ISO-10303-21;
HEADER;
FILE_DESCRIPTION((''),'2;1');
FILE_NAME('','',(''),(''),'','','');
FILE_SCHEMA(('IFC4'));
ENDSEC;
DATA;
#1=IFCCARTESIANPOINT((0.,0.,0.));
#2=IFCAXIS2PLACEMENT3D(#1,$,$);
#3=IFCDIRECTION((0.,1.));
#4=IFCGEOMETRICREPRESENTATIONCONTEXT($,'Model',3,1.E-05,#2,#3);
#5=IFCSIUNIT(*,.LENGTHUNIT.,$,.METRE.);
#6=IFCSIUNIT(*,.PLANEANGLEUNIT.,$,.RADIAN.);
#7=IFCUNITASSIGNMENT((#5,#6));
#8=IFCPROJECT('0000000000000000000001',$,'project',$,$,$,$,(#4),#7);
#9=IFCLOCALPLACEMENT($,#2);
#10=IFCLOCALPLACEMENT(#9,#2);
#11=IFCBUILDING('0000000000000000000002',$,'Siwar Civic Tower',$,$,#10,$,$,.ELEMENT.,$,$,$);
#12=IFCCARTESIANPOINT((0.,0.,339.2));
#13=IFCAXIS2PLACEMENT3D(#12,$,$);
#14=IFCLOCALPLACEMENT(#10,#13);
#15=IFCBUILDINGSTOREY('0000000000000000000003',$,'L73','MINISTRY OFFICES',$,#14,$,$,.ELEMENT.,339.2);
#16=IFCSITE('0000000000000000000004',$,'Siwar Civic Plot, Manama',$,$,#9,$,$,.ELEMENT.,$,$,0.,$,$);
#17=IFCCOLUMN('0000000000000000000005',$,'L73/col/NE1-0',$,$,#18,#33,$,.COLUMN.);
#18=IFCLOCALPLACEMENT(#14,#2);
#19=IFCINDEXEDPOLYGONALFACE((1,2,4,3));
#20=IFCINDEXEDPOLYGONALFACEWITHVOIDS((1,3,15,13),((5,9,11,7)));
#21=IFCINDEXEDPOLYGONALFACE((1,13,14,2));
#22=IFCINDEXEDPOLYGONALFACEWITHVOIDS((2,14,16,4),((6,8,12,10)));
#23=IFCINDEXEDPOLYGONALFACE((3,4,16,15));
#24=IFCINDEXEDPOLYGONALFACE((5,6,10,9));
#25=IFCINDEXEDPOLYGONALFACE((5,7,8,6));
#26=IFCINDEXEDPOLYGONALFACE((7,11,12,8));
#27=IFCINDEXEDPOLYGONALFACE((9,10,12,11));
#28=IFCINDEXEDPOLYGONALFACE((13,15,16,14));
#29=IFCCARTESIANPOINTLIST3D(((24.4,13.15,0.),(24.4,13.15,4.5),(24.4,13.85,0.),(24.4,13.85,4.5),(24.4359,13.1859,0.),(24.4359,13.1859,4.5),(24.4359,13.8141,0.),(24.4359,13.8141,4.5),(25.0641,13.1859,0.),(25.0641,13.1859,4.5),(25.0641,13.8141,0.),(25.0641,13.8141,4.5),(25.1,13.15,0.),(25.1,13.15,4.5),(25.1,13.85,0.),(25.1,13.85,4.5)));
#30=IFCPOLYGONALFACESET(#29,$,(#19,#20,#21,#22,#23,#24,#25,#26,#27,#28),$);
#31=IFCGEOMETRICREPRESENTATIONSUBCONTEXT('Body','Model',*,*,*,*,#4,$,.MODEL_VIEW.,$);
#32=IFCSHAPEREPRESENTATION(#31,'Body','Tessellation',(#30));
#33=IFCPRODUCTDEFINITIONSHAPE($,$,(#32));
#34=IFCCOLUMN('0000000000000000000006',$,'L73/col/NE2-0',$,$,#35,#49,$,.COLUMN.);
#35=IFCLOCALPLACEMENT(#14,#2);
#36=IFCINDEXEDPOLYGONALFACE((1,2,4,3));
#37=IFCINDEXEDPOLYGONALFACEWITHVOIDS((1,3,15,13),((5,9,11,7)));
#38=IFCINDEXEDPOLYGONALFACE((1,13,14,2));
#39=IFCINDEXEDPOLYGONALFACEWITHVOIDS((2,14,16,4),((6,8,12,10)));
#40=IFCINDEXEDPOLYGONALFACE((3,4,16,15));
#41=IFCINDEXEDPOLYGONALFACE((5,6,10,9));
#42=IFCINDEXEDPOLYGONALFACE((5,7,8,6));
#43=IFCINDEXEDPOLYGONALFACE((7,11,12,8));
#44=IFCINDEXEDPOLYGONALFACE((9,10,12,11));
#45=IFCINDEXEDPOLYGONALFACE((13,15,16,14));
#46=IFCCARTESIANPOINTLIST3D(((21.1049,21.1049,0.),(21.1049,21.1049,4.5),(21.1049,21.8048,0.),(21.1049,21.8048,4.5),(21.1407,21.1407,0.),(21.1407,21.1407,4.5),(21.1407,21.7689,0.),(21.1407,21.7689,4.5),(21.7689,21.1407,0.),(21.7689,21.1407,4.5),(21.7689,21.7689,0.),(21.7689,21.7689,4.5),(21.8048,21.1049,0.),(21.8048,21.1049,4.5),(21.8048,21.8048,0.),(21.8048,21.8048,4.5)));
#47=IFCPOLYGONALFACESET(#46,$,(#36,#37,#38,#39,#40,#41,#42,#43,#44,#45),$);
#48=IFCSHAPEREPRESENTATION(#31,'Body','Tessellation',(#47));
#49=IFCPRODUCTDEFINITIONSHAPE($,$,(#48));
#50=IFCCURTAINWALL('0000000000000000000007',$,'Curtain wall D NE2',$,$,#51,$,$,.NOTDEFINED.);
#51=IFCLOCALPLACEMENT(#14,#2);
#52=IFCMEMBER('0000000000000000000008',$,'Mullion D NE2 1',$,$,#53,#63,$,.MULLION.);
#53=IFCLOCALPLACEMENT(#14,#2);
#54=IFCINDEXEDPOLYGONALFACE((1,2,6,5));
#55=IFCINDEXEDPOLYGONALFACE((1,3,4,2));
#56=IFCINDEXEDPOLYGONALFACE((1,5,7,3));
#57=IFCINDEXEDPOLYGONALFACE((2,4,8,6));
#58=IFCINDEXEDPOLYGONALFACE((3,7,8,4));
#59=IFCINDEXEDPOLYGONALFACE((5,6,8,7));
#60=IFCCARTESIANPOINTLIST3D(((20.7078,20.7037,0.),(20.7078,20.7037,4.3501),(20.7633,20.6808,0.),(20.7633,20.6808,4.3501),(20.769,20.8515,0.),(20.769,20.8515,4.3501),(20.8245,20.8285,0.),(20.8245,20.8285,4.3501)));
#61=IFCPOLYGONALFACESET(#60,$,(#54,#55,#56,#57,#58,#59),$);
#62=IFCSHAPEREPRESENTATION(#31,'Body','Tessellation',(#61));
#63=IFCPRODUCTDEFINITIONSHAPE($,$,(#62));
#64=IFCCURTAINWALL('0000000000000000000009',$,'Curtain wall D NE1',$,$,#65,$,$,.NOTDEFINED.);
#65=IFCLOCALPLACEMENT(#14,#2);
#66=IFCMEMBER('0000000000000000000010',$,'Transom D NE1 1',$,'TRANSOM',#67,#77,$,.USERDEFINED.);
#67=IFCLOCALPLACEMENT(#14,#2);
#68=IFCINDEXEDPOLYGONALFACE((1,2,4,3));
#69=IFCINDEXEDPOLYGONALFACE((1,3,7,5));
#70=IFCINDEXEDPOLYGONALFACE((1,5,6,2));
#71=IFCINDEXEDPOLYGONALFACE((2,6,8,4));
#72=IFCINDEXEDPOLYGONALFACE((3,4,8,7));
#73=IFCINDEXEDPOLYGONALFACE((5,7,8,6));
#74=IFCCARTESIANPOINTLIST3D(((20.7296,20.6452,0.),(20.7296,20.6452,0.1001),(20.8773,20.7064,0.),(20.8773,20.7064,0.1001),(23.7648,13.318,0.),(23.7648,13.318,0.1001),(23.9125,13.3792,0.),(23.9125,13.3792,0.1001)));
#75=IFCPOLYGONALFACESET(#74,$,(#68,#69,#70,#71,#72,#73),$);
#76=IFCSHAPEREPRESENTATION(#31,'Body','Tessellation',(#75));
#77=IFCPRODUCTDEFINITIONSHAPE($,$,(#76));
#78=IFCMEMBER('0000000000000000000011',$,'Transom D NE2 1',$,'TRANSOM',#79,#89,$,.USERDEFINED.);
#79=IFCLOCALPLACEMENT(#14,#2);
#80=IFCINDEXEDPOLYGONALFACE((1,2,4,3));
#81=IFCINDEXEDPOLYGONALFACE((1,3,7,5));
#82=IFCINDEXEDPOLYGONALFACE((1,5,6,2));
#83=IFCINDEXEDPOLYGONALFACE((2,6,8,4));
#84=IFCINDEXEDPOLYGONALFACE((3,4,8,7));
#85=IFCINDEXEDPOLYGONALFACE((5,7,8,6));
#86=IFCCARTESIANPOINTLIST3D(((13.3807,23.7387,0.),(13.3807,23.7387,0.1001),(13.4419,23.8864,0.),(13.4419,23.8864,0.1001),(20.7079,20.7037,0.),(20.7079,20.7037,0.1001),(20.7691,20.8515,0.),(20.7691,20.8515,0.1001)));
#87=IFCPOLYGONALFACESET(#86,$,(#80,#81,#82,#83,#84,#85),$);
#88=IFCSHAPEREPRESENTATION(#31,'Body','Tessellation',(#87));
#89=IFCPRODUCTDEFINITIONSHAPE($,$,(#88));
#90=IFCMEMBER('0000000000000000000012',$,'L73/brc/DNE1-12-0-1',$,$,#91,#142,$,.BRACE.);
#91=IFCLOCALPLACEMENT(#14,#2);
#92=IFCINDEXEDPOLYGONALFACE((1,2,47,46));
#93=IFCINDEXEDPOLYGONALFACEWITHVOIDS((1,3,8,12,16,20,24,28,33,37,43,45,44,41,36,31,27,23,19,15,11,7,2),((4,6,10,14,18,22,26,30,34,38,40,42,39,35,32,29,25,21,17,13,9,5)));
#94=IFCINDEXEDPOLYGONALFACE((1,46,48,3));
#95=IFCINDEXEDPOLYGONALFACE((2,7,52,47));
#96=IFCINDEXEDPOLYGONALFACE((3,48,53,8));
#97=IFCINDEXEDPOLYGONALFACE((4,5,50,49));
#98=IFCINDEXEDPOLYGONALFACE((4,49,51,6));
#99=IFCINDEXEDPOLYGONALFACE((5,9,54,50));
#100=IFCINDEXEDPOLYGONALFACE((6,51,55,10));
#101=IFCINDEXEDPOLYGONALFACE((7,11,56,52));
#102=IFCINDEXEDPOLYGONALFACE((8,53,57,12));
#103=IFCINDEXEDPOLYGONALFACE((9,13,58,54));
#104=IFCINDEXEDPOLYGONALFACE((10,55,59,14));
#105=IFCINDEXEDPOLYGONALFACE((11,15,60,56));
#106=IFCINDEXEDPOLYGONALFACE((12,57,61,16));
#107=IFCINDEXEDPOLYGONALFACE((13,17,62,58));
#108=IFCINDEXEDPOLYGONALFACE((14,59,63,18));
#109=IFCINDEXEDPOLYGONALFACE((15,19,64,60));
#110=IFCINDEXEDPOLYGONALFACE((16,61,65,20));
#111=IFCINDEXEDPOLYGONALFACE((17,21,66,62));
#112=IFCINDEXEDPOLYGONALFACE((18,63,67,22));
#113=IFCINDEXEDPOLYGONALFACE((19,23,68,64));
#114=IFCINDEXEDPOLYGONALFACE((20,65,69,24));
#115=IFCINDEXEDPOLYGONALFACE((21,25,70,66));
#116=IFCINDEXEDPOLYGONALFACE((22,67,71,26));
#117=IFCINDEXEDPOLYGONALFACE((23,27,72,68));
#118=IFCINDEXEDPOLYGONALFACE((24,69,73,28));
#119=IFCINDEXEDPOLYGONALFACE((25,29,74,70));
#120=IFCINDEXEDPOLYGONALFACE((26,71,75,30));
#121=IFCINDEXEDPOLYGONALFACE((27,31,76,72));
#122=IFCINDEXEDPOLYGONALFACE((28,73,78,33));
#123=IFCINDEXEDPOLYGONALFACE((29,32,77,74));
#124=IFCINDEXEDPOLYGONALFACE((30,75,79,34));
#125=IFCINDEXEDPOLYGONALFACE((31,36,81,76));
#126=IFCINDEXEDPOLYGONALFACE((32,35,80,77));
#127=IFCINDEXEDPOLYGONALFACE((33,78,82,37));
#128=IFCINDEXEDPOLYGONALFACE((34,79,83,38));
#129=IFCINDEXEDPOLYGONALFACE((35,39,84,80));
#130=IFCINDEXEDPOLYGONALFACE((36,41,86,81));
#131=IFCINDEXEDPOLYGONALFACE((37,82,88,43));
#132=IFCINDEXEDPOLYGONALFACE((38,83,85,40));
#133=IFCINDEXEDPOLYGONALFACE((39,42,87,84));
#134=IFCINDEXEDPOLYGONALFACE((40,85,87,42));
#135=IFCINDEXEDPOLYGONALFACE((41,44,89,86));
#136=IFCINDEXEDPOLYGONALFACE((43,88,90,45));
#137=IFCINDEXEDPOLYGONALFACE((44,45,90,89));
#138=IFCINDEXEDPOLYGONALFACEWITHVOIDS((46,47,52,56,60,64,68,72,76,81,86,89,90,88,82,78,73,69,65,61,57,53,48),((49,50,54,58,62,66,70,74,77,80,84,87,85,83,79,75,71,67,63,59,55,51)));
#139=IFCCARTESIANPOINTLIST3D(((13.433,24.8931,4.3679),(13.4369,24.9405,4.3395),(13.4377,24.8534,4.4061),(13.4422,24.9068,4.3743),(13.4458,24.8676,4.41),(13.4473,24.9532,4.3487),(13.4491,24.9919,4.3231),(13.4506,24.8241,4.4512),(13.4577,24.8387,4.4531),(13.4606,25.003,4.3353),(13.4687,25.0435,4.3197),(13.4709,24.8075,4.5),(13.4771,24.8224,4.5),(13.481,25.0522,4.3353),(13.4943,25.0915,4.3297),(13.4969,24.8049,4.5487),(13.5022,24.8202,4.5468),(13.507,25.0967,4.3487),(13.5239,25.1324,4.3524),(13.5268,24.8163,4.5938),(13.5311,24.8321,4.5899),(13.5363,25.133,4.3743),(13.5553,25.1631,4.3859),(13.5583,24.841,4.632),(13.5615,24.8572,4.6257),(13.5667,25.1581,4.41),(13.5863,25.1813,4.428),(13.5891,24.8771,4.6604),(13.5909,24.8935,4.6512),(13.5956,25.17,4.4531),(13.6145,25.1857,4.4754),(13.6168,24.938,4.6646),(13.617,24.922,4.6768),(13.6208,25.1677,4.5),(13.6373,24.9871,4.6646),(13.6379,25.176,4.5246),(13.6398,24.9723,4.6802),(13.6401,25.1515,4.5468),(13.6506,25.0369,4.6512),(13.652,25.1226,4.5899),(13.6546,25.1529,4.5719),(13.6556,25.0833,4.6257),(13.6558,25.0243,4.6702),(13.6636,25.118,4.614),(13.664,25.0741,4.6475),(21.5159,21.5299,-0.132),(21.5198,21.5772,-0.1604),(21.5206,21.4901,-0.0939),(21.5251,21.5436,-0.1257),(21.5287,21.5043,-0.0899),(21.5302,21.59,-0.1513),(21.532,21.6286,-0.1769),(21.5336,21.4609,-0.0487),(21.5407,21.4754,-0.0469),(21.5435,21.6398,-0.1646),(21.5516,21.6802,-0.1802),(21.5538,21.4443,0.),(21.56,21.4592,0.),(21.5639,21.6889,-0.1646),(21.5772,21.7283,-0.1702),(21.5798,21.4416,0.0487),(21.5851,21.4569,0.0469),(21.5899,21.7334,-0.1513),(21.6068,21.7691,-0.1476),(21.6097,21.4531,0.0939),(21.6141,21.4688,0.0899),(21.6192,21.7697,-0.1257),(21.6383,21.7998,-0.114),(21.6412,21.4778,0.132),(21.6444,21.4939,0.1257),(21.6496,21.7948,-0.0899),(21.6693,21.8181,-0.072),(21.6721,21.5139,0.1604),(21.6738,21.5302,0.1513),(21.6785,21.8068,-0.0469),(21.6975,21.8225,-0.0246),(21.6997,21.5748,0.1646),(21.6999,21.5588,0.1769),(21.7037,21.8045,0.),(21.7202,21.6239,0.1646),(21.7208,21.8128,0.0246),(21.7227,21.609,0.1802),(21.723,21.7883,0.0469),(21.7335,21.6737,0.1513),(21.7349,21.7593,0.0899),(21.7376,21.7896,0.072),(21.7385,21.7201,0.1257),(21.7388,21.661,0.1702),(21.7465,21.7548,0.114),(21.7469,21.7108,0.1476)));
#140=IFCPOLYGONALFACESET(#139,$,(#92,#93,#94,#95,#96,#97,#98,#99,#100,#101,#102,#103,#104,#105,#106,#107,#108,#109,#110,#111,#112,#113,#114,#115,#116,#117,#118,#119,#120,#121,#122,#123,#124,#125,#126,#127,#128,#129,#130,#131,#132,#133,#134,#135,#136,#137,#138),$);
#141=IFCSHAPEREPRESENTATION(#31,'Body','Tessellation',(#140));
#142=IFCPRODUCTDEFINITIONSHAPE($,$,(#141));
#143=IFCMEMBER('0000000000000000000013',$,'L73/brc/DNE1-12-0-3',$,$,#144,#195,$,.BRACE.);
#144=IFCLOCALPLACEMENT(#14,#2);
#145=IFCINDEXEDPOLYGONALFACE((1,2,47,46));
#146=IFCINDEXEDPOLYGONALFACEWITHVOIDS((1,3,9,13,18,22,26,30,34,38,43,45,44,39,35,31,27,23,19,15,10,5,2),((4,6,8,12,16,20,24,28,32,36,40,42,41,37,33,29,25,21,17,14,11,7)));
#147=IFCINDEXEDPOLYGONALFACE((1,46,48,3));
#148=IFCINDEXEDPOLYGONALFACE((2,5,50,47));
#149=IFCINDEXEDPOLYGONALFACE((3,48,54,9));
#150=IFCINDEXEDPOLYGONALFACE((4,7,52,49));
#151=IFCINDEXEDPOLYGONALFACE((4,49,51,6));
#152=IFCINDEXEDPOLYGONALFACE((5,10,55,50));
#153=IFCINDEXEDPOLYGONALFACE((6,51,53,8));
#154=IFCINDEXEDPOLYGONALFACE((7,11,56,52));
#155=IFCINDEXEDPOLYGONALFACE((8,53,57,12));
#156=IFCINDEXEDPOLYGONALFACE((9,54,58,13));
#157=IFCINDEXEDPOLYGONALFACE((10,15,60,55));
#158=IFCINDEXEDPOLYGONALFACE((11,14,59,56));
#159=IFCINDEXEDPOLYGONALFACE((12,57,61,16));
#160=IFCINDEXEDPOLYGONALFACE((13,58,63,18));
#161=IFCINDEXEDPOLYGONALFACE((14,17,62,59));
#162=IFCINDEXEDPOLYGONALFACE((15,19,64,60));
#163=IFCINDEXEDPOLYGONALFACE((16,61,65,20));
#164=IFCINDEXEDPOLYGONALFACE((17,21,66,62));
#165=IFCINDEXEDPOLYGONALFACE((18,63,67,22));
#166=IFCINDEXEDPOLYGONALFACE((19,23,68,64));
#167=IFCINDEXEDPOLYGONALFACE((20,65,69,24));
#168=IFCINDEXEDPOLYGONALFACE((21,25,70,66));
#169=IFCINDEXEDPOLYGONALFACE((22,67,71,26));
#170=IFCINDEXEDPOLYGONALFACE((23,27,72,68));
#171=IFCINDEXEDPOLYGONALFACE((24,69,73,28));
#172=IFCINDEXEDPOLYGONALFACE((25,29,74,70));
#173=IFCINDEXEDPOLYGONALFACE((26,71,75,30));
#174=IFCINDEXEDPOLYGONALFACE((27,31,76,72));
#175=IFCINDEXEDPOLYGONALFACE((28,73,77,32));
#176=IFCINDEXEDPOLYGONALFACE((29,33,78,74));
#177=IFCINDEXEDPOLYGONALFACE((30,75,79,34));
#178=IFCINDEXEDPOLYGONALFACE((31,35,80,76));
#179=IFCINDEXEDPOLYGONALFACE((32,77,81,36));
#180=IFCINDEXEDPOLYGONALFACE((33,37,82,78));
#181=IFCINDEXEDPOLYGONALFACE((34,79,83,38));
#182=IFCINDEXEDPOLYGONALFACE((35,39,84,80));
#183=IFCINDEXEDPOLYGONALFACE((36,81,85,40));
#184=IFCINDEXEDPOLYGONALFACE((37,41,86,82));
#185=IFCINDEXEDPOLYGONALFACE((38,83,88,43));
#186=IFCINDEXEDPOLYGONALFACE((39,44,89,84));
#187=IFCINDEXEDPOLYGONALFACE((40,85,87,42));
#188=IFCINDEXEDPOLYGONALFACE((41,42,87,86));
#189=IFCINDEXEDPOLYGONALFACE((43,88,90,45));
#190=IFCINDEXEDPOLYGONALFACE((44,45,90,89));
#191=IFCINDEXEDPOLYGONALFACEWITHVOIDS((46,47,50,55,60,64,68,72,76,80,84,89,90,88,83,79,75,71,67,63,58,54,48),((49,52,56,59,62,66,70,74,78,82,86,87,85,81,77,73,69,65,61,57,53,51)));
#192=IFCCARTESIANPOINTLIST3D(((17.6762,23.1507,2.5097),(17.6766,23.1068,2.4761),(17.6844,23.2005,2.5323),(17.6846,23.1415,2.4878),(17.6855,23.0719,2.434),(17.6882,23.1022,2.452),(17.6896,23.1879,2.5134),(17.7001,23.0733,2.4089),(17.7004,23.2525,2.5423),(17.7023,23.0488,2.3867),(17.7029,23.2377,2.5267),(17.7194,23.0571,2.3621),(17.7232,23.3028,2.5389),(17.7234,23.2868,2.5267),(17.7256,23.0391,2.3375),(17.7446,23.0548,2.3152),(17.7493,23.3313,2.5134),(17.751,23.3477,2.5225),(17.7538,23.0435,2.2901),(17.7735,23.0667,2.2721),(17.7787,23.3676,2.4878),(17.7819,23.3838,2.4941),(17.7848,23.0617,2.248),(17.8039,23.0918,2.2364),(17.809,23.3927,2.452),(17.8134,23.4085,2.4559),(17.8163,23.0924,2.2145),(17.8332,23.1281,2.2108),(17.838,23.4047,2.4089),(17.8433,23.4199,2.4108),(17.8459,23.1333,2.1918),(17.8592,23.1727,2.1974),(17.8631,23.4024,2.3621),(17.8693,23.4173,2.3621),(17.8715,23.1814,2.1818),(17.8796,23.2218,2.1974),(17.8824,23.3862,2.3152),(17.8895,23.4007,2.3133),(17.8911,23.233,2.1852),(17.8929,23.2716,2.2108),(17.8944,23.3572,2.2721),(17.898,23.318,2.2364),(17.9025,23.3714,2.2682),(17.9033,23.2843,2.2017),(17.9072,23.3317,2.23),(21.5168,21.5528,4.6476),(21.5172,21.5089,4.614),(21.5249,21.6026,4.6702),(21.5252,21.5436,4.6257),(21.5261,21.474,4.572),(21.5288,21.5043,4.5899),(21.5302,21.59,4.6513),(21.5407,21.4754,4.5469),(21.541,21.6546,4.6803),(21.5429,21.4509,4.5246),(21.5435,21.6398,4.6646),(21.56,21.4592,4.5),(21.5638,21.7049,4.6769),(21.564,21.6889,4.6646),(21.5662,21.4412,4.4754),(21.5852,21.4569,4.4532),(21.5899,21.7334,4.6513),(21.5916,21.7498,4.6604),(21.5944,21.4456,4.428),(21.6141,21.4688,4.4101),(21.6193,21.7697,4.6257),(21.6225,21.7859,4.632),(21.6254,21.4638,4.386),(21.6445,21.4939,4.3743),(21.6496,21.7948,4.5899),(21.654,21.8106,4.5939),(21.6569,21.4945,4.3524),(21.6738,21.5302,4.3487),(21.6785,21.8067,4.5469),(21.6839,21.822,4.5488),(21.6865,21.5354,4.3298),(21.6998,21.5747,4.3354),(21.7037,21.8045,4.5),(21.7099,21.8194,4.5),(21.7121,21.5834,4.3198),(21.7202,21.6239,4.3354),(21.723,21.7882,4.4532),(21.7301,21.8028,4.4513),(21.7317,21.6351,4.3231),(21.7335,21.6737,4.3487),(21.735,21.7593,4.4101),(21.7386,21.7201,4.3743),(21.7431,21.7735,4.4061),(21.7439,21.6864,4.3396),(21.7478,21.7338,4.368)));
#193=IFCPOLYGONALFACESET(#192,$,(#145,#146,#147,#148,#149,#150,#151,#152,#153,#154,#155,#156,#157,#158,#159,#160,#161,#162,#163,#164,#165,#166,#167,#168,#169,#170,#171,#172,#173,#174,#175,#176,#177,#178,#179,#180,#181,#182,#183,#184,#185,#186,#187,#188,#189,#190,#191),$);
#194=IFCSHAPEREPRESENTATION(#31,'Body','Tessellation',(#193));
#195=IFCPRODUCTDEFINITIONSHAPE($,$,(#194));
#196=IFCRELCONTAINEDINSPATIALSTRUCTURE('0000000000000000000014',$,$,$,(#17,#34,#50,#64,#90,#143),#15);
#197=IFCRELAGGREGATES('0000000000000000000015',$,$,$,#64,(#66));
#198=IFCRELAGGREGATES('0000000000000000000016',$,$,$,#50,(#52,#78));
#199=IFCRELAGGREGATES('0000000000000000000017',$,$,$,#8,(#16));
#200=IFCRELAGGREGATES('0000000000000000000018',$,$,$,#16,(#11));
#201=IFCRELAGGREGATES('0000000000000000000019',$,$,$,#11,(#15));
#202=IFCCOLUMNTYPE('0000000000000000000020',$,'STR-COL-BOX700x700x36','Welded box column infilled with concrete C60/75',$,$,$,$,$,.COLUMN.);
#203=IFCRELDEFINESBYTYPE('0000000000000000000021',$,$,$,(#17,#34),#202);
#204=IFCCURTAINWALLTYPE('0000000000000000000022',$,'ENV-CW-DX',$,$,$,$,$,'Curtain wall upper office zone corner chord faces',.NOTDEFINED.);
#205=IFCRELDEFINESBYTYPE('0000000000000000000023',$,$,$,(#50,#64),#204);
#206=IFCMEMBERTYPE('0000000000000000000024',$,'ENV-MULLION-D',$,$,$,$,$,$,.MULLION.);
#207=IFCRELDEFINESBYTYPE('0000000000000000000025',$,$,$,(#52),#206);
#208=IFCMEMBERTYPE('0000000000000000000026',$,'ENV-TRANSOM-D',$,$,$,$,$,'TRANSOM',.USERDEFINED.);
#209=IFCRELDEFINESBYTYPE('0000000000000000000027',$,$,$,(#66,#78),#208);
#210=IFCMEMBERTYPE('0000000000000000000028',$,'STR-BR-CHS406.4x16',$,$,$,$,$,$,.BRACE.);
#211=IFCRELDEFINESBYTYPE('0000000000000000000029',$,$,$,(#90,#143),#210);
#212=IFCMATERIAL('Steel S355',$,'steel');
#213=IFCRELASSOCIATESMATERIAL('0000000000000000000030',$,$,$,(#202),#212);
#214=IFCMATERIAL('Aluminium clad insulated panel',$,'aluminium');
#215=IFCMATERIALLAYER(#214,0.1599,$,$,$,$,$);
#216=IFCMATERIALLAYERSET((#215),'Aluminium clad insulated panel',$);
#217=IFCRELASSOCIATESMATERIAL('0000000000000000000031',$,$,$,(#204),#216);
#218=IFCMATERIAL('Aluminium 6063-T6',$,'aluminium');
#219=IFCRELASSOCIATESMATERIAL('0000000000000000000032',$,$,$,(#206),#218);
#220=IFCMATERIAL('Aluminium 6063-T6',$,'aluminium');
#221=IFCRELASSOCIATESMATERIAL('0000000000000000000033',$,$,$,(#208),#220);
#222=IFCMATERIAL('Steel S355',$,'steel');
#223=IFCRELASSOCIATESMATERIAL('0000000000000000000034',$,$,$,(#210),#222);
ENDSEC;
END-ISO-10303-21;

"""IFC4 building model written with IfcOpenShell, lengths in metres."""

from ifc_helpers import new_model, si_unit, direction, frame, origin, origin_2d, place, context, subcontext, project, spatial, rectangle, hollow_rectangle, hollow_circle, extrude, material, layer, layer_set, material_profile, profile_set, type_object, element, aggregate, save


model = new_model("IFC4")

# Units and contexts
model_context = context("Model", 3, precision=1e-05, world=origin(), true_north=direction((0.0, 1.0)))
body_context = subcontext(model_context, "Body", "Model", "MODEL_VIEW")
ifc_project = project(units=[si_unit("LENGTHUNIT", "METRE"), si_unit("PLANEANGLEUNIT", "RADIAN")], contexts=[model_context])

# Site, building, storey
site_placement = place(None, origin())
site = spatial("IfcSite", under=ifc_project, at=site_placement, Name="Siwar Civic Plot, Manama", CompositionType="ELEMENT", RefElevation=0.0)
building_placement = place(site_placement, origin())
building = spatial("IfcBuilding", under=site, at=building_placement, Name="Siwar Civic Tower", CompositionType="ELEMENT")
storey_placement = place(building_placement, frame((0.0, 0.0, 339.2)))
storey = spatial("IfcBuildingStorey", under=building, at=storey_placement, Name="L73", Description="MINISTRY OFFICES", CompositionType="ELEMENT", Elevation=339.2)

# Columns
ifc_material_1 = material(Name="Steel S355", Category="steel")
ifc_material_profile_1 = material_profile(ifc_material_1, hollow_rectangle(XDim=0.7, YDim=0.7, WallThickness=0.0359, at=origin_2d()), Name="BOX700x700x36")
ifc_profile_set_1 = profile_set([ifc_material_profile_1], Name="Steel S355")
column_type = type_object("IfcColumnType", Name="STR-COL-BOX700x700x36", Description="Welded box column infilled with concrete C60/75", PredefinedType="COLUMN", material=ifc_profile_set_1)
for number, where, z_axis, x_axis, name in (
    (1, (24.75, 13.5, 0.0), (0.0, 0.0, 1.0), (1.0, 0.0, 0.0), "L73/col/NE1-0"),
    (2, (21.4548, 21.4548, 0.0), (0.0, 0.0, 1.0), (1.0, 0.0, 0.0), "L73/col/NE2-0"),
):
    element("IfcColumn", number, at=place(storey_placement, frame(where, z_axis=z_axis, x_axis=x_axis)), inside=storey, type_object=column_type, Name=name, PredefinedType="COLUMN", context=body_context, shape_type="SweptSolid", body=[
        extrude(hollow_rectangle(XDim=0.7, YDim=0.7, WallThickness=0.0359, at=origin_2d()), origin(), (0.0, 0.0, 1.0), 4.5),
    ])

# Curtain walls, members
ifc_material_2 = material(Name="Aluminium clad insulated panel", Category="aluminium")
ifc_layer_1 = layer(ifc_material_2, 0.1599)
ifc_layer_set_1 = layer_set([ifc_layer_1], Name="Aluminium clad insulated panel")
curtain_wall_type = type_object("IfcCurtainWallType", Name="ENV-CW-DX", ElementType="Curtain wall upper office zone corner chord faces", PredefinedType="NOTDEFINED", material=ifc_layer_set_1)
curtain_wall_1_placement = place(storey_placement, origin())
curtain_wall_1 = element("IfcCurtainWall", 3, at=curtain_wall_1_placement, inside=storey, type_object=curtain_wall_type, Name="Curtain wall D NE2", PredefinedType="NOTDEFINED")
ifc_material_3 = material(Name="Aluminium 6063-T6", Category="aluminium")
ifc_material_profile_2 = material_profile(ifc_material_3, rectangle(XDim=0.1599, YDim=0.0601, at=origin_2d()), Name="AL 160x60")
ifc_profile_set_2 = profile_set([ifc_material_profile_2], Name="Aluminium 6063-T6")
member_type_1 = type_object("IfcMemberType", Name="ENV-MULLION-D", PredefinedType="MULLION", material=ifc_profile_set_2)
member_1_placement = place(storey_placement, frame((20.7661, 20.7661, 0.0), z_axis=(0.0, 0.0, 1.0), x_axis=(-0.382683, -0.92388, 0.0)))
member_1 = element("IfcMember", 4, at=member_1_placement, type_object=member_type_1, Name="Mullion D NE2 1", PredefinedType="MULLION", context=body_context, shape_type="SweptSolid", body=[
    extrude(rectangle(XDim=0.1599, YDim=0.0601, at=origin_2d()), origin(), (0.0, 0.0, 1.0), 4.3501),
])
curtain_wall_2_placement = place(storey_placement, origin())
curtain_wall_2 = element("IfcCurtainWall", 5, at=curtain_wall_2_placement, inside=storey, type_object=curtain_wall_type, Name="Curtain wall D NE1", PredefinedType="NOTDEFINED")
ifc_material_4 = material(Name="Aluminium 6063-T6", Category="aluminium")
ifc_material_profile_3 = material_profile(ifc_material_4, rectangle(XDim=0.1599, YDim=0.1001, at=origin_2d()), Name="AL 160x100")
ifc_profile_set_3 = profile_set([ifc_material_profile_3], Name="Aluminium 6063-T6")
member_type_2 = type_object("IfcMemberType", Name="ENV-TRANSOM-D", ElementType="TRANSOM", PredefinedType="USERDEFINED", material=ifc_profile_set_3)
member_2_placement = place(storey_placement, frame((23.8386, 13.3486, 0.05), z_axis=(-0.3827, 0.923873, 0.0), x_axis=(-0.923873, -0.3827, 0.0)))
member_2 = element("IfcMember", 6, at=member_2_placement, type_object=member_type_2, Name="Transom D NE1 1", ObjectType="TRANSOM", PredefinedType="USERDEFINED", context=body_context, shape_type="SweptSolid", body=[
    extrude(rectangle(XDim=0.1599, YDim=0.1001, at=origin_2d()), origin(), (0.0, 0.0, 1.0), 7.9309),
])

# Member
member_3_placement = place(storey_placement, frame((20.7385, 20.7776, 0.05), z_axis=(-0.923884, 0.382674, 0.0), x_axis=(-0.382674, -0.923884, 0.0)))
member_3 = element("IfcMember", 7, at=member_3_placement, type_object=member_type_2, Name="Transom D NE2 1", ObjectType="TRANSOM", PredefinedType="USERDEFINED", context=body_context, shape_type="SweptSolid", body=[
    extrude(rectangle(XDim=0.1599, YDim=0.1001, at=origin_2d()), origin(), (0.0, 0.0, 1.0), 7.9309),
])

# Members
ifc_material_5 = material(Name="Steel S355", Category="steel")
ifc_material_profile_4 = material_profile(ifc_material_5, hollow_circle(Radius=0.2031, WallThickness=0.0161, at=origin_2d()), Name="CHS406.4x16")
ifc_profile_set_4 = profile_set([ifc_material_profile_4], Name="Steel S355")
member_type_3 = type_object("IfcMemberType", Name="STR-BR-CHS406.4x16", PredefinedType="BRACE", material=ifc_profile_set_4)
member_4_placement = place(storey_placement, frame((21.6318, 21.6318, 0.0), z_axis=(-0.821143, 0.341671, 0.457149), x_axis=(-0.384164, -0.923265, 0.0)))
element("IfcMember", 8, at=member_4_placement, inside=storey, type_object=member_type_3, Name="L73/brc/DNE1-12-0-1", PredefinedType="BRACE", context=body_context, shape_type="SweptSolid", body=[
    extrude(hollow_circle(Radius=0.2031, WallThickness=0.0161, at=origin_2d()), origin(), (0.0, 0.0, 1.0), 9.8435),
])
member_5_placement = place(storey_placement, frame((17.7913, 23.2297, 2.3621), z_axis=(0.821167, -0.341653, 0.45712), x_axis=(0.384136, 0.923276, 0.0)))
element("IfcMember", 9, at=member_5_placement, inside=storey, type_object=member_type_3, Name="L73/brc/DNE1-12-0-3", PredefinedType="BRACE", context=body_context, shape_type="SweptSolid", body=[
    extrude(hollow_circle(Radius=0.2031, WallThickness=0.0161, at=origin_2d()), origin(), (0.0, 0.0, 1.0), 4.677),
])

aggregate(curtain_wall_2, [member_2])
aggregate(curtain_wall_1, [member_1, member_3])

save(model, "model.ifc")
